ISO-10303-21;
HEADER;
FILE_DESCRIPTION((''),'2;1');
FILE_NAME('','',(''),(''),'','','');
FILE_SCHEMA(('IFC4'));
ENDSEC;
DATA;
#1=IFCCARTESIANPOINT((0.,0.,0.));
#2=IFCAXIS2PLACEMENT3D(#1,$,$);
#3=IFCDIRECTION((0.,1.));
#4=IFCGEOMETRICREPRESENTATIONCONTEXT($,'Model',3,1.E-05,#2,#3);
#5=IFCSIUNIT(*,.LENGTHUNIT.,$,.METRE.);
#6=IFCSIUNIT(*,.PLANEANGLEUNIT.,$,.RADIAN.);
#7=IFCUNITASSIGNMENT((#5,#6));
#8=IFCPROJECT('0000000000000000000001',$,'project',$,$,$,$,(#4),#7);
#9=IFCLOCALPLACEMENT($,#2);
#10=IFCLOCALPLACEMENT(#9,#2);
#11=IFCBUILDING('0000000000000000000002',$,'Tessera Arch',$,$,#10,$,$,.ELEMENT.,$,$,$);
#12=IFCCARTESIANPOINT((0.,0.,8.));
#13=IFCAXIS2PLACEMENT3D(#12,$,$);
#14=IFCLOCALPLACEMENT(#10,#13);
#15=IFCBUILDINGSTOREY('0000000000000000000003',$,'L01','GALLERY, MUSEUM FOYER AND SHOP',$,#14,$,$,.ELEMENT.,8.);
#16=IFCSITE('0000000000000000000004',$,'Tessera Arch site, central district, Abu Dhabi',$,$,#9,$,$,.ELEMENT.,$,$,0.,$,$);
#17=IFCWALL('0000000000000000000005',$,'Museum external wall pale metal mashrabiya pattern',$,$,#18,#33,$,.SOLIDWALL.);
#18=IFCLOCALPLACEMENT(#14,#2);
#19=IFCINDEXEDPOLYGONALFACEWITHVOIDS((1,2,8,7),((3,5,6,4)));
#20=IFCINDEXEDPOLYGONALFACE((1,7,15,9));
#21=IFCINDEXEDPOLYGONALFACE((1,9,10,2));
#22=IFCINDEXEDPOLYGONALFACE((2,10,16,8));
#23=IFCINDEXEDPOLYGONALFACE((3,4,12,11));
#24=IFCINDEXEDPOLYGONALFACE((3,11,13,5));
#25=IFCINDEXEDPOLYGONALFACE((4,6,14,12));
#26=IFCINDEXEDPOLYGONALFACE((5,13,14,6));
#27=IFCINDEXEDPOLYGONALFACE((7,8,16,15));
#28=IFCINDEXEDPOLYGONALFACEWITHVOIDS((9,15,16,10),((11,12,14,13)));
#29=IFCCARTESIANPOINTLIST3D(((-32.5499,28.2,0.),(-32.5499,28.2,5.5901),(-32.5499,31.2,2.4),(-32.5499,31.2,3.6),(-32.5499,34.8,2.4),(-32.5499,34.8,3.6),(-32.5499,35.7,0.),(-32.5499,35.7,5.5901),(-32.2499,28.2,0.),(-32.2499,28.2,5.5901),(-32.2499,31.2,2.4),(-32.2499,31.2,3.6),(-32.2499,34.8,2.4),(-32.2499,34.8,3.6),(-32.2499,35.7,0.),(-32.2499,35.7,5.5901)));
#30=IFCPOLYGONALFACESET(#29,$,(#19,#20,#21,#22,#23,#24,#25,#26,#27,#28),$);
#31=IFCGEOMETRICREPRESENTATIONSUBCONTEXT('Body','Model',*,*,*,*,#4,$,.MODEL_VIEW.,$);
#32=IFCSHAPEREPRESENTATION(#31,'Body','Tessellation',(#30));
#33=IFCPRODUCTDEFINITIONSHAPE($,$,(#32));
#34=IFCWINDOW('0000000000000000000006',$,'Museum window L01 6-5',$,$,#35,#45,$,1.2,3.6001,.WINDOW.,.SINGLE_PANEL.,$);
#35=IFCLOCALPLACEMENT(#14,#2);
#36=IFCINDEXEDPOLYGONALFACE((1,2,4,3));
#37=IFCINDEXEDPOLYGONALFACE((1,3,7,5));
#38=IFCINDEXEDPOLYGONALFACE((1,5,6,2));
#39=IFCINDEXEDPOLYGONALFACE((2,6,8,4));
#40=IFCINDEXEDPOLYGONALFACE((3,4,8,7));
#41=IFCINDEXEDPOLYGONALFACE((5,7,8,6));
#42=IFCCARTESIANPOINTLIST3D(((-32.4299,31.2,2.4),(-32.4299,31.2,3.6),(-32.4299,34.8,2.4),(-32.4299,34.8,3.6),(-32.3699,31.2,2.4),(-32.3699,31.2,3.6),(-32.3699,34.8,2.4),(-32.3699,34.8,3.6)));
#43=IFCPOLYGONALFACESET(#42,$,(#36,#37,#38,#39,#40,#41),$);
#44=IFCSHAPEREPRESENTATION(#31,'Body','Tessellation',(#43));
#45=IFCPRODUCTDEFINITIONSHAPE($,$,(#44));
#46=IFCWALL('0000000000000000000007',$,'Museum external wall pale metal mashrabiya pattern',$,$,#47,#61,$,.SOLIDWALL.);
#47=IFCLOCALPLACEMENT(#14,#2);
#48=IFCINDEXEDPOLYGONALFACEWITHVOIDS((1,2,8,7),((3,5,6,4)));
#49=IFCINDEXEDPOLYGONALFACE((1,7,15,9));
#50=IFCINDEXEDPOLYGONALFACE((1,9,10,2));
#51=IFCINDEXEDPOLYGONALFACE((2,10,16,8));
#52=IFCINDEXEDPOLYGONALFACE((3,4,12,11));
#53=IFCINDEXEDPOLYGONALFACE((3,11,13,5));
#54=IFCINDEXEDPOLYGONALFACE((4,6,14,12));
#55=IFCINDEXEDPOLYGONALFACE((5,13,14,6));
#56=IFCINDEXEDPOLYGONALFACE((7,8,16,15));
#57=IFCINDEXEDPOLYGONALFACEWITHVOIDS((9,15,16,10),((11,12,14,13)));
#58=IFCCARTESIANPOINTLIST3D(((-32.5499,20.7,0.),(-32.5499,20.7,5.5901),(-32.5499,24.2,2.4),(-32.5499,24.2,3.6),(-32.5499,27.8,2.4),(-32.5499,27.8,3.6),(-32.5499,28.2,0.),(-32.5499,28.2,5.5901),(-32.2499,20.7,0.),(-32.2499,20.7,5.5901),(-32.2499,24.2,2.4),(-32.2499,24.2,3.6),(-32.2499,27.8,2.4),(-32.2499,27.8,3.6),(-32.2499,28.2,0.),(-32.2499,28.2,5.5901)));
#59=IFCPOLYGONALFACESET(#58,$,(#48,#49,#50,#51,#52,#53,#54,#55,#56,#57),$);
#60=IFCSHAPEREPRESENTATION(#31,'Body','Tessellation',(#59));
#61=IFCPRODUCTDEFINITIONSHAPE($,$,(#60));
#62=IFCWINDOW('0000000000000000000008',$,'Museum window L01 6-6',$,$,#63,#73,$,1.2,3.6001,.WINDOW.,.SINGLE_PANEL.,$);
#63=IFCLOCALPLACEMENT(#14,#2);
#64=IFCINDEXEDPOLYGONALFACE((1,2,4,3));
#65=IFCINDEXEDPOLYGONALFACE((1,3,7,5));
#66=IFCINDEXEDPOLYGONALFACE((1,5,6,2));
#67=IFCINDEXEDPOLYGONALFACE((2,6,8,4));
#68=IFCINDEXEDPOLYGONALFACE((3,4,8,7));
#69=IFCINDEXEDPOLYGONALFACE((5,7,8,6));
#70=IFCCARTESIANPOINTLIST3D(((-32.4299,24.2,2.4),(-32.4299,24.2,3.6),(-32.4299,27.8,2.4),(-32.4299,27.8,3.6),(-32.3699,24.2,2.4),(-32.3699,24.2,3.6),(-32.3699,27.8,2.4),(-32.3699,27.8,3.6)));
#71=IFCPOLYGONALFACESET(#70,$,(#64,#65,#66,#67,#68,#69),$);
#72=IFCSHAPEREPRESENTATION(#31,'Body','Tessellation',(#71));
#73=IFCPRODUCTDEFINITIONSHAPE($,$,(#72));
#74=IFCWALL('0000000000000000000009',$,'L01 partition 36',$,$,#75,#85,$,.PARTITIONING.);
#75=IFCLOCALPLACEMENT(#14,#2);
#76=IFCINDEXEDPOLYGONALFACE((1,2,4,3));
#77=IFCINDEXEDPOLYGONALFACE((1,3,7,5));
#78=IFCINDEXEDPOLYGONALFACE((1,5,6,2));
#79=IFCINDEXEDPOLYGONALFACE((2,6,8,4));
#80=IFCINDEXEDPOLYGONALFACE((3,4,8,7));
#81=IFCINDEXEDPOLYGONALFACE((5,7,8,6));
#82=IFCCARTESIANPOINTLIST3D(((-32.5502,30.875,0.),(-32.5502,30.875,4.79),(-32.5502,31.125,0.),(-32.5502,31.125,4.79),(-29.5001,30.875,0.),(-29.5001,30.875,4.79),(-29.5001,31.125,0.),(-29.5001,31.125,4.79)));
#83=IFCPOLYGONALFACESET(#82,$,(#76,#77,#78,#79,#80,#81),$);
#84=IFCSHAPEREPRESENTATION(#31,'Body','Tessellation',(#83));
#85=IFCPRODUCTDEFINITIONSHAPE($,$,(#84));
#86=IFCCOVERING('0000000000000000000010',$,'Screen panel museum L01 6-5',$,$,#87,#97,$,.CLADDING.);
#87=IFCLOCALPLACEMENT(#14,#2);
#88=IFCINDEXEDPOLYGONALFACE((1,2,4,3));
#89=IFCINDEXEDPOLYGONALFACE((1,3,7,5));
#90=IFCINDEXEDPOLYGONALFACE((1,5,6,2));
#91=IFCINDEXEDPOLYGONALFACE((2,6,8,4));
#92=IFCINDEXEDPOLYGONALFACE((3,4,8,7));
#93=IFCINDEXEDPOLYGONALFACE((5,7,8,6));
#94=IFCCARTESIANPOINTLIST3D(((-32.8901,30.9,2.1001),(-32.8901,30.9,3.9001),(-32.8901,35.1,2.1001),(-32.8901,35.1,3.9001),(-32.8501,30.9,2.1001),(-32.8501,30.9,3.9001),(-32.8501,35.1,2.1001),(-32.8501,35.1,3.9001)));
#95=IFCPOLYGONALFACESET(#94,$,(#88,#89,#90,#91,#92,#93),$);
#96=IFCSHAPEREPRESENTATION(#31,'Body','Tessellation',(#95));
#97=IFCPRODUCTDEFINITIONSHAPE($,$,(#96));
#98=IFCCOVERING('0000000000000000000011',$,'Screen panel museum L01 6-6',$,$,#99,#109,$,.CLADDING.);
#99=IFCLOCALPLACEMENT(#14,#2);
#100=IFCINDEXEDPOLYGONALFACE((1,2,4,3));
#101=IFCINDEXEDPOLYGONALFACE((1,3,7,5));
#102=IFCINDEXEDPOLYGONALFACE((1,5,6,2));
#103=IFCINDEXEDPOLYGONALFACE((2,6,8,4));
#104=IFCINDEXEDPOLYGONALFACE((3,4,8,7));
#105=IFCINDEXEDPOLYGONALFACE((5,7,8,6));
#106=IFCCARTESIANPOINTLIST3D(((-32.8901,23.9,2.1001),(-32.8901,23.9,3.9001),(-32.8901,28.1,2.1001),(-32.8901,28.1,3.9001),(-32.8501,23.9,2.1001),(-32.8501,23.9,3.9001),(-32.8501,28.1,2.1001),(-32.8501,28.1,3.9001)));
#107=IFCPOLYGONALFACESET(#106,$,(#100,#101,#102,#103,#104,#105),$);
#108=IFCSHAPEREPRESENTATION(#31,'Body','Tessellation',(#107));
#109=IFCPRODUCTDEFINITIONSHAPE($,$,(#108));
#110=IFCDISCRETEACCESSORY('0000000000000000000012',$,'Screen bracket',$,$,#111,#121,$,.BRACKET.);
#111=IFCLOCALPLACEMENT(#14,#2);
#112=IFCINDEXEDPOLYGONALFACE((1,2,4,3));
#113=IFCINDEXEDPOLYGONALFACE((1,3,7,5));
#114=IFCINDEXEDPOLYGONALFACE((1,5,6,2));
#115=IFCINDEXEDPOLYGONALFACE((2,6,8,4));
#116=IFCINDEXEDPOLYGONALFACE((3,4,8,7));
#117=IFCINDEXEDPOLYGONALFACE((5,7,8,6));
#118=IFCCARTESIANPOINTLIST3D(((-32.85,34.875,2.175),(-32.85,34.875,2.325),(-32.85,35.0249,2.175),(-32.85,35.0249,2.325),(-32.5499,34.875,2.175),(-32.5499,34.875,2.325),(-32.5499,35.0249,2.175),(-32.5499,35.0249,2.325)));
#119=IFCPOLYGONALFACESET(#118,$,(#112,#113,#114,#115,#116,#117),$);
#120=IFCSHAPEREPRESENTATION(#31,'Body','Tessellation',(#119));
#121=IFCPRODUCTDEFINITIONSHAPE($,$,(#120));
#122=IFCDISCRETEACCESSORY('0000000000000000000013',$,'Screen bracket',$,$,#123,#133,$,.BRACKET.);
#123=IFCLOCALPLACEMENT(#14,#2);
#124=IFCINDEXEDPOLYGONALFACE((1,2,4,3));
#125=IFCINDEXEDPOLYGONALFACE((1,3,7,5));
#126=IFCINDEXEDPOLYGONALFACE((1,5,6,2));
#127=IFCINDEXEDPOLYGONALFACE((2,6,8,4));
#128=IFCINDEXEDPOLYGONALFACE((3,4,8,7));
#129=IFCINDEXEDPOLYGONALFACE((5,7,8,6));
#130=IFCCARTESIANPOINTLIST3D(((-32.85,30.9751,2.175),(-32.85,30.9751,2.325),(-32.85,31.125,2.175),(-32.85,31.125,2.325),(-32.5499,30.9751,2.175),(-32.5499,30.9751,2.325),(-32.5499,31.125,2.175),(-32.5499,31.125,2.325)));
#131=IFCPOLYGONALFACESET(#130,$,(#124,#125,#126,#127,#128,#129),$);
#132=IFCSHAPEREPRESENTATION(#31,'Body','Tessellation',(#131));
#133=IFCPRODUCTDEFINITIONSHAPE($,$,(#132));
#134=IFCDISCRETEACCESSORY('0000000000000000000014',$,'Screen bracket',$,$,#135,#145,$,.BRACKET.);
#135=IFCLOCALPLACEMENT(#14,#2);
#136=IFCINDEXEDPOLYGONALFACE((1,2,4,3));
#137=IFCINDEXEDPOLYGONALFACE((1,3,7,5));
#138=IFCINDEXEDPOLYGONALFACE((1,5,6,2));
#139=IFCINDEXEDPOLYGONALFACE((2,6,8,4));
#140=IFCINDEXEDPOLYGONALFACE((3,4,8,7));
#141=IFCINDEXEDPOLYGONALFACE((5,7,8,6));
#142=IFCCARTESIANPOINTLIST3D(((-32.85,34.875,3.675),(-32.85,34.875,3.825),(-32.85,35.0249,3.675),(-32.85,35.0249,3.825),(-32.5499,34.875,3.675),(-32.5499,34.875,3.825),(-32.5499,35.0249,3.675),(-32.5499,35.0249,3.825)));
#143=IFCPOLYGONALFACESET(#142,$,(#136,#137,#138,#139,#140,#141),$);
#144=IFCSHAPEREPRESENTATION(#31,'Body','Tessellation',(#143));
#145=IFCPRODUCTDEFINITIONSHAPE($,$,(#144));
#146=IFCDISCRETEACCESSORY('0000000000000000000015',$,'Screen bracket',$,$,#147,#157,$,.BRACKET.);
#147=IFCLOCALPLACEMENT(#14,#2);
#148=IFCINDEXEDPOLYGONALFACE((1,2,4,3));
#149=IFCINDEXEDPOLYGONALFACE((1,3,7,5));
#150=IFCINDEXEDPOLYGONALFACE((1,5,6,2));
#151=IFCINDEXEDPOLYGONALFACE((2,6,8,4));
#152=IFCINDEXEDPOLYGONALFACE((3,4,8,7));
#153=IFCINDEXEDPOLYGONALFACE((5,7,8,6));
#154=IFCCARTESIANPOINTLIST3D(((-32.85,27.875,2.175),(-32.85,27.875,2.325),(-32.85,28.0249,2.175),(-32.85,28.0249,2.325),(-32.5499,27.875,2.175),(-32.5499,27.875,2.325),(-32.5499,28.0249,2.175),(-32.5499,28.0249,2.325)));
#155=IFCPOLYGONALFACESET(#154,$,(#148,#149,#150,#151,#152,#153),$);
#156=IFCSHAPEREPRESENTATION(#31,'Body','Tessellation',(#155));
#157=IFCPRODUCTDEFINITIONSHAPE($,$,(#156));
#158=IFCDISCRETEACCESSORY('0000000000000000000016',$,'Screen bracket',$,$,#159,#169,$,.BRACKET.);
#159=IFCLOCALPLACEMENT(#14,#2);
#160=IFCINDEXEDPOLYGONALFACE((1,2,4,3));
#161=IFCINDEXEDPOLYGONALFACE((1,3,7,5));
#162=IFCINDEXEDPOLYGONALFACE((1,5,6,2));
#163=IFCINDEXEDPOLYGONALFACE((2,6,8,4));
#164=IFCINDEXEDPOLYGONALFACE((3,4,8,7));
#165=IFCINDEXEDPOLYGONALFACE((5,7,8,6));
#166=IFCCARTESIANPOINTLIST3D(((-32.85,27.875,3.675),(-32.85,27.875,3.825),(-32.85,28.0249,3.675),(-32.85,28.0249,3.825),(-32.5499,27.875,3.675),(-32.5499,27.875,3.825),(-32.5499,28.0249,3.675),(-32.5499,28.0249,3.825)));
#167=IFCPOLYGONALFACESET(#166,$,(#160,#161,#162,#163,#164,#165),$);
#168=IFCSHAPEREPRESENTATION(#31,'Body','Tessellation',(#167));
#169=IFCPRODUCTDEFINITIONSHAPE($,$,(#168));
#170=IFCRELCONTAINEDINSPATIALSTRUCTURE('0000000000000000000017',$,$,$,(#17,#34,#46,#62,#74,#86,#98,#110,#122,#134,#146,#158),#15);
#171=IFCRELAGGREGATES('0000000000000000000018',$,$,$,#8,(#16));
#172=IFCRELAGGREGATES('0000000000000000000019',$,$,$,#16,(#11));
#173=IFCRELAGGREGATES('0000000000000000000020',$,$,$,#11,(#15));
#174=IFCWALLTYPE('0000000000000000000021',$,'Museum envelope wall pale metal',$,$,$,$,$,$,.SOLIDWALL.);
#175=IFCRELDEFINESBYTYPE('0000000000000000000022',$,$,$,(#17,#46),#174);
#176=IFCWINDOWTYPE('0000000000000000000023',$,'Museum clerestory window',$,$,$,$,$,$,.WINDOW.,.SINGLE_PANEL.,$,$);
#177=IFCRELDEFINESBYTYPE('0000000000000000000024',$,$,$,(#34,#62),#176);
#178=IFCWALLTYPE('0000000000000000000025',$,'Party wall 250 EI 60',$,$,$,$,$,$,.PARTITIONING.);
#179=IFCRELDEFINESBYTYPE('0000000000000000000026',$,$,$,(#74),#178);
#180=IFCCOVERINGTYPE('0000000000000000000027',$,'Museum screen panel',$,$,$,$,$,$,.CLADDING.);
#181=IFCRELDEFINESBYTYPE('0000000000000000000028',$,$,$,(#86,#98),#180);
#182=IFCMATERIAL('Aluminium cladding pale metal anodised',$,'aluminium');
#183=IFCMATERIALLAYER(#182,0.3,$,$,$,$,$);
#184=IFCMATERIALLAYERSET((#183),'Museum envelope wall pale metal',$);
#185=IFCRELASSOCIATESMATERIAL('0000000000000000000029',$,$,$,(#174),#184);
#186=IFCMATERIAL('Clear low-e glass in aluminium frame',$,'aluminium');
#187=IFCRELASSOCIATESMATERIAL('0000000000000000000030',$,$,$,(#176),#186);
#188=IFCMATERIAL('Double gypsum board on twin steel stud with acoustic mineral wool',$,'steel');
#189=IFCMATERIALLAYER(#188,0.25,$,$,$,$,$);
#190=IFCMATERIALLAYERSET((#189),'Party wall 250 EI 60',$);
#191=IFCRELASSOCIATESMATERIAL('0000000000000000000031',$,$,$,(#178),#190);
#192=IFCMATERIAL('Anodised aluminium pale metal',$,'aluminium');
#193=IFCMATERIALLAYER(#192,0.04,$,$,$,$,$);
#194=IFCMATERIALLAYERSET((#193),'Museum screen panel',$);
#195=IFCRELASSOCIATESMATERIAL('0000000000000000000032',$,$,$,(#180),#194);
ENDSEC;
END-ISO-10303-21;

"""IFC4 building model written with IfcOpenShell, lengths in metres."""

from ifc_helpers import new_model, si_unit, direction, frame, frame_2d, origin, origin_2d, place, context, subcontext, project, spatial, rectangle, extrude, material, layer, layer_set, type_object, element, fill, save


model = new_model("IFC4")

# Units and contexts
model_context = context("Model", 3, precision=1e-05, world=origin(), true_north=direction((0.0, 1.0)))
body_context = subcontext(model_context, "Body", "Model", "MODEL_VIEW")
ifc_project = project(units=[si_unit("LENGTHUNIT", "METRE"), si_unit("PLANEANGLEUNIT", "RADIAN")], contexts=[model_context])

# Site, building, storey
site_placement = place(None, origin())
site = spatial("IfcSite", under=ifc_project, at=site_placement, Name="Tessera Arch site, central district, Abu Dhabi", CompositionType="ELEMENT", RefElevation=0.0)
building_placement = place(site_placement, origin())
building = spatial("IfcBuilding", under=site, at=building_placement, Name="Tessera Arch", CompositionType="ELEMENT")
storey_placement = place(building_placement, frame((0.0, 0.0, 8.0)))
storey = spatial("IfcBuildingStorey", under=building, at=storey_placement, Name="L01", Description="GALLERY, MUSEUM FOYER AND SHOP", CompositionType="ELEMENT", Elevation=8.0)

# Walls, openings, windows
ifc_material_1 = material(Name="Aluminium cladding pale metal anodised", Category="aluminium")
ifc_layer_1 = layer(ifc_material_1, 0.3)
ifc_layer_set_1 = layer_set([ifc_layer_1], Name="Museum envelope wall pale metal")
wall_type_1 = type_object("IfcWallType", Name="Museum envelope wall pale metal", PredefinedType="SOLIDWALL", material=ifc_layer_set_1)
wall_1_placement = place(storey_placement, frame((-32.3999, 35.7, 0.0), z_axis=(0.0, 0.0, 1.0), x_axis=(0.0, -1.0, 0.0)))
wall_1 = element("IfcWall", 1, at=wall_1_placement, inside=storey, type_object=wall_type_1, Name="Museum external wall pale metal mashrabiya pattern", PredefinedType="SOLIDWALL", context=body_context, shape_type="SweptSolid", body=[
    extrude(rectangle(XDim=7.5, YDim=0.3, at=frame_2d((3.75, 0.0))), origin(), (0.0, 0.0, 1.0), 5.5901),
])
opening_1_placement = place(wall_1_placement, frame((0.8999, 0.0, 2.3999)))
opening_1 = element("IfcOpeningElement", 2, at=opening_1_placement, cuts=wall_1, PredefinedType="OPENING", context=body_context, shape_type="SweptSolid", body=[
    extrude(rectangle(XDim=3.6001, YDim=1.2, at=frame_2d((1.8, 0.6001))), frame((0.0, 0.1599, 0.0), z_axis=(0.0, -1.0, 0.0), x_axis=(1.0, 0.0, 0.0)), (0.0, 0.0, 1.0), 0.3201),
])
ifc_material_2 = material(Name="Clear low-e glass in aluminium frame", Category="aluminium")
window_type = type_object("IfcWindowType", Name="Museum clerestory window", PartitioningType="SINGLE_PANEL", PredefinedType="WINDOW", material=ifc_material_2)
window_1_placement = place(opening_1_placement, origin())
window_1 = element("IfcWindow", 3, at=window_1_placement, inside=storey, type_object=window_type, Name="Museum window L01 6-5", OverallHeight=1.2, OverallWidth=3.6001, PartitioningType="SINGLE_PANEL", PredefinedType="WINDOW", context=body_context, shape_type="SweptSolid", body=[
    extrude(rectangle(XDim=3.6001, YDim=1.2, at=frame_2d((1.8, 0.6001))), frame((0.0, 0.03, 0.0), z_axis=(0.0, -1.0, 0.0), x_axis=(1.0, 0.0, 0.0)), (0.0, 0.0, 1.0), 0.0601),
])
fill(opening_1, window_1)
wall_2_placement = place(storey_placement, frame((-32.3999, 28.2, 0.0), z_axis=(0.0, 0.0, 1.0), x_axis=(0.0, -1.0, 0.0)))
wall_2 = element("IfcWall", 4, at=wall_2_placement, inside=storey, type_object=wall_type_1, Name="Museum external wall pale metal mashrabiya pattern", PredefinedType="SOLIDWALL", context=body_context, shape_type="SweptSolid", body=[
    extrude(rectangle(XDim=7.5, YDim=0.3, at=frame_2d((3.75, 0.0))), origin(), (0.0, 0.0, 1.0), 5.5901),
])
opening_2_placement = place(wall_2_placement, frame((0.3999, 0.0, 2.3999)))
opening_2 = element("IfcOpeningElement", 5, at=opening_2_placement, cuts=wall_2, PredefinedType="OPENING", context=body_context, shape_type="SweptSolid", body=[
    extrude(rectangle(XDim=3.6001, YDim=1.2, at=frame_2d((1.8, 0.6001))), frame((0.0, 0.1599, 0.0), z_axis=(0.0, -1.0, 0.0), x_axis=(1.0, 0.0, 0.0)), (0.0, 0.0, 1.0), 0.3201),
])
window_2_placement = place(opening_2_placement, origin())
window_2 = element("IfcWindow", 6, at=window_2_placement, inside=storey, type_object=window_type, Name="Museum window L01 6-6", OverallHeight=1.2, OverallWidth=3.6001, PartitioningType="SINGLE_PANEL", PredefinedType="WINDOW", context=body_context, shape_type="SweptSolid", body=[
    extrude(rectangle(XDim=3.6001, YDim=1.2, at=frame_2d((1.8, 0.6001))), frame((0.0, 0.03, 0.0), z_axis=(0.0, -1.0, 0.0), x_axis=(1.0, 0.0, 0.0)), (0.0, 0.0, 1.0), 0.0601),
])
fill(opening_2, window_2)

# Wall
ifc_material_3 = material(Name="Double gypsum board on twin steel stud with acoustic mineral wool", Category="steel")
ifc_layer_2 = layer(ifc_material_3, 0.25)
ifc_layer_set_2 = layer_set([ifc_layer_2], Name="Party wall 250 EI 60")
wall_type_2 = type_object("IfcWallType", Name="Party wall 250 EI 60", PredefinedType="PARTITIONING", material=ifc_layer_set_2)
wall_3_placement = place(storey_placement, frame((-32.55, 31.0, 0.0), z_axis=(0.0, 0.0, 1.0), x_axis=(1.0, 0.0, 0.0)))
element("IfcWall", 7, at=wall_3_placement, inside=storey, type_object=wall_type_2, Name="L01 partition 36", PredefinedType="PARTITIONING", context=body_context, shape_type="SweptSolid", body=[
    extrude(rectangle(XDim=3.05, YDim=0.25, at=frame_2d((1.5249, 0.0))), origin(), (0.0, 0.0, 1.0), 4.79),
])

# Coverings
ifc_material_4 = material(Name="Anodised aluminium pale metal", Category="aluminium")
ifc_layer_3 = layer(ifc_material_4, 0.04)
ifc_layer_set_3 = layer_set([ifc_layer_3], Name="Museum screen panel")
covering_type = type_object("IfcCoveringType", Name="Museum screen panel", PredefinedType="CLADDING", material=ifc_layer_set_3)
for number, where, z_axis, x_axis, name in (
    (8, (-32.8701, 33.0, 2.1001), (0.0, 0.0, 1.0), (0.0, -1.0, 0.0), "Screen panel museum L01 6-5"),
    (9, (-32.8701, 26.0, 2.1001), (0.0, 0.0, 1.0), (0.0, -1.0, 0.0), "Screen panel museum L01 6-6"),
):
    element("IfcCovering", number, at=place(storey_placement, frame(where, z_axis=z_axis, x_axis=x_axis)), inside=storey, type_object=covering_type, Name=name, PredefinedType="CLADDING", context=body_context, shape_type="SweptSolid", body=[
        extrude(rectangle(XDim=4.2, YDim=0.04, at=origin_2d()), origin(), (0.0, 0.0, 1.0), 1.8),
    ])

# Discrete accessories
for number, where, z_axis, x_axis, name in (
    (10, (-32.7, 34.95, 2.175), (0.0, 0.0, 1.0), (-1.0, 0.0, 0.0), "Screen bracket"),
    (11, (-32.7, 31.05, 2.175), (0.0, 0.0, 1.0), (-1.0, 0.0, 0.0), "Screen bracket"),
    (12, (-32.7, 34.95, 3.675), (0.0, 0.0, 1.0), (-1.0, 0.0, 0.0), "Screen bracket"),
    (13, (-32.7, 27.95, 2.175), (0.0, 0.0, 1.0), (-1.0, 0.0, 0.0), "Screen bracket"),
    (14, (-32.7, 27.95, 3.675), (0.0, 0.0, 1.0), (-1.0, 0.0, 0.0), "Screen bracket"),
):
    element("IfcDiscreteAccessory", number, at=place(storey_placement, frame(where, z_axis=z_axis, x_axis=x_axis)), inside=storey, Name=name, PredefinedType="BRACKET", context=body_context, shape_type="SweptSolid", body=[
        extrude(rectangle(XDim=0.3, YDim=0.1499, at=origin_2d()), origin(), (0.0, 0.0, 1.0), 0.1499),
    ])

save(model, "model.ifc")
